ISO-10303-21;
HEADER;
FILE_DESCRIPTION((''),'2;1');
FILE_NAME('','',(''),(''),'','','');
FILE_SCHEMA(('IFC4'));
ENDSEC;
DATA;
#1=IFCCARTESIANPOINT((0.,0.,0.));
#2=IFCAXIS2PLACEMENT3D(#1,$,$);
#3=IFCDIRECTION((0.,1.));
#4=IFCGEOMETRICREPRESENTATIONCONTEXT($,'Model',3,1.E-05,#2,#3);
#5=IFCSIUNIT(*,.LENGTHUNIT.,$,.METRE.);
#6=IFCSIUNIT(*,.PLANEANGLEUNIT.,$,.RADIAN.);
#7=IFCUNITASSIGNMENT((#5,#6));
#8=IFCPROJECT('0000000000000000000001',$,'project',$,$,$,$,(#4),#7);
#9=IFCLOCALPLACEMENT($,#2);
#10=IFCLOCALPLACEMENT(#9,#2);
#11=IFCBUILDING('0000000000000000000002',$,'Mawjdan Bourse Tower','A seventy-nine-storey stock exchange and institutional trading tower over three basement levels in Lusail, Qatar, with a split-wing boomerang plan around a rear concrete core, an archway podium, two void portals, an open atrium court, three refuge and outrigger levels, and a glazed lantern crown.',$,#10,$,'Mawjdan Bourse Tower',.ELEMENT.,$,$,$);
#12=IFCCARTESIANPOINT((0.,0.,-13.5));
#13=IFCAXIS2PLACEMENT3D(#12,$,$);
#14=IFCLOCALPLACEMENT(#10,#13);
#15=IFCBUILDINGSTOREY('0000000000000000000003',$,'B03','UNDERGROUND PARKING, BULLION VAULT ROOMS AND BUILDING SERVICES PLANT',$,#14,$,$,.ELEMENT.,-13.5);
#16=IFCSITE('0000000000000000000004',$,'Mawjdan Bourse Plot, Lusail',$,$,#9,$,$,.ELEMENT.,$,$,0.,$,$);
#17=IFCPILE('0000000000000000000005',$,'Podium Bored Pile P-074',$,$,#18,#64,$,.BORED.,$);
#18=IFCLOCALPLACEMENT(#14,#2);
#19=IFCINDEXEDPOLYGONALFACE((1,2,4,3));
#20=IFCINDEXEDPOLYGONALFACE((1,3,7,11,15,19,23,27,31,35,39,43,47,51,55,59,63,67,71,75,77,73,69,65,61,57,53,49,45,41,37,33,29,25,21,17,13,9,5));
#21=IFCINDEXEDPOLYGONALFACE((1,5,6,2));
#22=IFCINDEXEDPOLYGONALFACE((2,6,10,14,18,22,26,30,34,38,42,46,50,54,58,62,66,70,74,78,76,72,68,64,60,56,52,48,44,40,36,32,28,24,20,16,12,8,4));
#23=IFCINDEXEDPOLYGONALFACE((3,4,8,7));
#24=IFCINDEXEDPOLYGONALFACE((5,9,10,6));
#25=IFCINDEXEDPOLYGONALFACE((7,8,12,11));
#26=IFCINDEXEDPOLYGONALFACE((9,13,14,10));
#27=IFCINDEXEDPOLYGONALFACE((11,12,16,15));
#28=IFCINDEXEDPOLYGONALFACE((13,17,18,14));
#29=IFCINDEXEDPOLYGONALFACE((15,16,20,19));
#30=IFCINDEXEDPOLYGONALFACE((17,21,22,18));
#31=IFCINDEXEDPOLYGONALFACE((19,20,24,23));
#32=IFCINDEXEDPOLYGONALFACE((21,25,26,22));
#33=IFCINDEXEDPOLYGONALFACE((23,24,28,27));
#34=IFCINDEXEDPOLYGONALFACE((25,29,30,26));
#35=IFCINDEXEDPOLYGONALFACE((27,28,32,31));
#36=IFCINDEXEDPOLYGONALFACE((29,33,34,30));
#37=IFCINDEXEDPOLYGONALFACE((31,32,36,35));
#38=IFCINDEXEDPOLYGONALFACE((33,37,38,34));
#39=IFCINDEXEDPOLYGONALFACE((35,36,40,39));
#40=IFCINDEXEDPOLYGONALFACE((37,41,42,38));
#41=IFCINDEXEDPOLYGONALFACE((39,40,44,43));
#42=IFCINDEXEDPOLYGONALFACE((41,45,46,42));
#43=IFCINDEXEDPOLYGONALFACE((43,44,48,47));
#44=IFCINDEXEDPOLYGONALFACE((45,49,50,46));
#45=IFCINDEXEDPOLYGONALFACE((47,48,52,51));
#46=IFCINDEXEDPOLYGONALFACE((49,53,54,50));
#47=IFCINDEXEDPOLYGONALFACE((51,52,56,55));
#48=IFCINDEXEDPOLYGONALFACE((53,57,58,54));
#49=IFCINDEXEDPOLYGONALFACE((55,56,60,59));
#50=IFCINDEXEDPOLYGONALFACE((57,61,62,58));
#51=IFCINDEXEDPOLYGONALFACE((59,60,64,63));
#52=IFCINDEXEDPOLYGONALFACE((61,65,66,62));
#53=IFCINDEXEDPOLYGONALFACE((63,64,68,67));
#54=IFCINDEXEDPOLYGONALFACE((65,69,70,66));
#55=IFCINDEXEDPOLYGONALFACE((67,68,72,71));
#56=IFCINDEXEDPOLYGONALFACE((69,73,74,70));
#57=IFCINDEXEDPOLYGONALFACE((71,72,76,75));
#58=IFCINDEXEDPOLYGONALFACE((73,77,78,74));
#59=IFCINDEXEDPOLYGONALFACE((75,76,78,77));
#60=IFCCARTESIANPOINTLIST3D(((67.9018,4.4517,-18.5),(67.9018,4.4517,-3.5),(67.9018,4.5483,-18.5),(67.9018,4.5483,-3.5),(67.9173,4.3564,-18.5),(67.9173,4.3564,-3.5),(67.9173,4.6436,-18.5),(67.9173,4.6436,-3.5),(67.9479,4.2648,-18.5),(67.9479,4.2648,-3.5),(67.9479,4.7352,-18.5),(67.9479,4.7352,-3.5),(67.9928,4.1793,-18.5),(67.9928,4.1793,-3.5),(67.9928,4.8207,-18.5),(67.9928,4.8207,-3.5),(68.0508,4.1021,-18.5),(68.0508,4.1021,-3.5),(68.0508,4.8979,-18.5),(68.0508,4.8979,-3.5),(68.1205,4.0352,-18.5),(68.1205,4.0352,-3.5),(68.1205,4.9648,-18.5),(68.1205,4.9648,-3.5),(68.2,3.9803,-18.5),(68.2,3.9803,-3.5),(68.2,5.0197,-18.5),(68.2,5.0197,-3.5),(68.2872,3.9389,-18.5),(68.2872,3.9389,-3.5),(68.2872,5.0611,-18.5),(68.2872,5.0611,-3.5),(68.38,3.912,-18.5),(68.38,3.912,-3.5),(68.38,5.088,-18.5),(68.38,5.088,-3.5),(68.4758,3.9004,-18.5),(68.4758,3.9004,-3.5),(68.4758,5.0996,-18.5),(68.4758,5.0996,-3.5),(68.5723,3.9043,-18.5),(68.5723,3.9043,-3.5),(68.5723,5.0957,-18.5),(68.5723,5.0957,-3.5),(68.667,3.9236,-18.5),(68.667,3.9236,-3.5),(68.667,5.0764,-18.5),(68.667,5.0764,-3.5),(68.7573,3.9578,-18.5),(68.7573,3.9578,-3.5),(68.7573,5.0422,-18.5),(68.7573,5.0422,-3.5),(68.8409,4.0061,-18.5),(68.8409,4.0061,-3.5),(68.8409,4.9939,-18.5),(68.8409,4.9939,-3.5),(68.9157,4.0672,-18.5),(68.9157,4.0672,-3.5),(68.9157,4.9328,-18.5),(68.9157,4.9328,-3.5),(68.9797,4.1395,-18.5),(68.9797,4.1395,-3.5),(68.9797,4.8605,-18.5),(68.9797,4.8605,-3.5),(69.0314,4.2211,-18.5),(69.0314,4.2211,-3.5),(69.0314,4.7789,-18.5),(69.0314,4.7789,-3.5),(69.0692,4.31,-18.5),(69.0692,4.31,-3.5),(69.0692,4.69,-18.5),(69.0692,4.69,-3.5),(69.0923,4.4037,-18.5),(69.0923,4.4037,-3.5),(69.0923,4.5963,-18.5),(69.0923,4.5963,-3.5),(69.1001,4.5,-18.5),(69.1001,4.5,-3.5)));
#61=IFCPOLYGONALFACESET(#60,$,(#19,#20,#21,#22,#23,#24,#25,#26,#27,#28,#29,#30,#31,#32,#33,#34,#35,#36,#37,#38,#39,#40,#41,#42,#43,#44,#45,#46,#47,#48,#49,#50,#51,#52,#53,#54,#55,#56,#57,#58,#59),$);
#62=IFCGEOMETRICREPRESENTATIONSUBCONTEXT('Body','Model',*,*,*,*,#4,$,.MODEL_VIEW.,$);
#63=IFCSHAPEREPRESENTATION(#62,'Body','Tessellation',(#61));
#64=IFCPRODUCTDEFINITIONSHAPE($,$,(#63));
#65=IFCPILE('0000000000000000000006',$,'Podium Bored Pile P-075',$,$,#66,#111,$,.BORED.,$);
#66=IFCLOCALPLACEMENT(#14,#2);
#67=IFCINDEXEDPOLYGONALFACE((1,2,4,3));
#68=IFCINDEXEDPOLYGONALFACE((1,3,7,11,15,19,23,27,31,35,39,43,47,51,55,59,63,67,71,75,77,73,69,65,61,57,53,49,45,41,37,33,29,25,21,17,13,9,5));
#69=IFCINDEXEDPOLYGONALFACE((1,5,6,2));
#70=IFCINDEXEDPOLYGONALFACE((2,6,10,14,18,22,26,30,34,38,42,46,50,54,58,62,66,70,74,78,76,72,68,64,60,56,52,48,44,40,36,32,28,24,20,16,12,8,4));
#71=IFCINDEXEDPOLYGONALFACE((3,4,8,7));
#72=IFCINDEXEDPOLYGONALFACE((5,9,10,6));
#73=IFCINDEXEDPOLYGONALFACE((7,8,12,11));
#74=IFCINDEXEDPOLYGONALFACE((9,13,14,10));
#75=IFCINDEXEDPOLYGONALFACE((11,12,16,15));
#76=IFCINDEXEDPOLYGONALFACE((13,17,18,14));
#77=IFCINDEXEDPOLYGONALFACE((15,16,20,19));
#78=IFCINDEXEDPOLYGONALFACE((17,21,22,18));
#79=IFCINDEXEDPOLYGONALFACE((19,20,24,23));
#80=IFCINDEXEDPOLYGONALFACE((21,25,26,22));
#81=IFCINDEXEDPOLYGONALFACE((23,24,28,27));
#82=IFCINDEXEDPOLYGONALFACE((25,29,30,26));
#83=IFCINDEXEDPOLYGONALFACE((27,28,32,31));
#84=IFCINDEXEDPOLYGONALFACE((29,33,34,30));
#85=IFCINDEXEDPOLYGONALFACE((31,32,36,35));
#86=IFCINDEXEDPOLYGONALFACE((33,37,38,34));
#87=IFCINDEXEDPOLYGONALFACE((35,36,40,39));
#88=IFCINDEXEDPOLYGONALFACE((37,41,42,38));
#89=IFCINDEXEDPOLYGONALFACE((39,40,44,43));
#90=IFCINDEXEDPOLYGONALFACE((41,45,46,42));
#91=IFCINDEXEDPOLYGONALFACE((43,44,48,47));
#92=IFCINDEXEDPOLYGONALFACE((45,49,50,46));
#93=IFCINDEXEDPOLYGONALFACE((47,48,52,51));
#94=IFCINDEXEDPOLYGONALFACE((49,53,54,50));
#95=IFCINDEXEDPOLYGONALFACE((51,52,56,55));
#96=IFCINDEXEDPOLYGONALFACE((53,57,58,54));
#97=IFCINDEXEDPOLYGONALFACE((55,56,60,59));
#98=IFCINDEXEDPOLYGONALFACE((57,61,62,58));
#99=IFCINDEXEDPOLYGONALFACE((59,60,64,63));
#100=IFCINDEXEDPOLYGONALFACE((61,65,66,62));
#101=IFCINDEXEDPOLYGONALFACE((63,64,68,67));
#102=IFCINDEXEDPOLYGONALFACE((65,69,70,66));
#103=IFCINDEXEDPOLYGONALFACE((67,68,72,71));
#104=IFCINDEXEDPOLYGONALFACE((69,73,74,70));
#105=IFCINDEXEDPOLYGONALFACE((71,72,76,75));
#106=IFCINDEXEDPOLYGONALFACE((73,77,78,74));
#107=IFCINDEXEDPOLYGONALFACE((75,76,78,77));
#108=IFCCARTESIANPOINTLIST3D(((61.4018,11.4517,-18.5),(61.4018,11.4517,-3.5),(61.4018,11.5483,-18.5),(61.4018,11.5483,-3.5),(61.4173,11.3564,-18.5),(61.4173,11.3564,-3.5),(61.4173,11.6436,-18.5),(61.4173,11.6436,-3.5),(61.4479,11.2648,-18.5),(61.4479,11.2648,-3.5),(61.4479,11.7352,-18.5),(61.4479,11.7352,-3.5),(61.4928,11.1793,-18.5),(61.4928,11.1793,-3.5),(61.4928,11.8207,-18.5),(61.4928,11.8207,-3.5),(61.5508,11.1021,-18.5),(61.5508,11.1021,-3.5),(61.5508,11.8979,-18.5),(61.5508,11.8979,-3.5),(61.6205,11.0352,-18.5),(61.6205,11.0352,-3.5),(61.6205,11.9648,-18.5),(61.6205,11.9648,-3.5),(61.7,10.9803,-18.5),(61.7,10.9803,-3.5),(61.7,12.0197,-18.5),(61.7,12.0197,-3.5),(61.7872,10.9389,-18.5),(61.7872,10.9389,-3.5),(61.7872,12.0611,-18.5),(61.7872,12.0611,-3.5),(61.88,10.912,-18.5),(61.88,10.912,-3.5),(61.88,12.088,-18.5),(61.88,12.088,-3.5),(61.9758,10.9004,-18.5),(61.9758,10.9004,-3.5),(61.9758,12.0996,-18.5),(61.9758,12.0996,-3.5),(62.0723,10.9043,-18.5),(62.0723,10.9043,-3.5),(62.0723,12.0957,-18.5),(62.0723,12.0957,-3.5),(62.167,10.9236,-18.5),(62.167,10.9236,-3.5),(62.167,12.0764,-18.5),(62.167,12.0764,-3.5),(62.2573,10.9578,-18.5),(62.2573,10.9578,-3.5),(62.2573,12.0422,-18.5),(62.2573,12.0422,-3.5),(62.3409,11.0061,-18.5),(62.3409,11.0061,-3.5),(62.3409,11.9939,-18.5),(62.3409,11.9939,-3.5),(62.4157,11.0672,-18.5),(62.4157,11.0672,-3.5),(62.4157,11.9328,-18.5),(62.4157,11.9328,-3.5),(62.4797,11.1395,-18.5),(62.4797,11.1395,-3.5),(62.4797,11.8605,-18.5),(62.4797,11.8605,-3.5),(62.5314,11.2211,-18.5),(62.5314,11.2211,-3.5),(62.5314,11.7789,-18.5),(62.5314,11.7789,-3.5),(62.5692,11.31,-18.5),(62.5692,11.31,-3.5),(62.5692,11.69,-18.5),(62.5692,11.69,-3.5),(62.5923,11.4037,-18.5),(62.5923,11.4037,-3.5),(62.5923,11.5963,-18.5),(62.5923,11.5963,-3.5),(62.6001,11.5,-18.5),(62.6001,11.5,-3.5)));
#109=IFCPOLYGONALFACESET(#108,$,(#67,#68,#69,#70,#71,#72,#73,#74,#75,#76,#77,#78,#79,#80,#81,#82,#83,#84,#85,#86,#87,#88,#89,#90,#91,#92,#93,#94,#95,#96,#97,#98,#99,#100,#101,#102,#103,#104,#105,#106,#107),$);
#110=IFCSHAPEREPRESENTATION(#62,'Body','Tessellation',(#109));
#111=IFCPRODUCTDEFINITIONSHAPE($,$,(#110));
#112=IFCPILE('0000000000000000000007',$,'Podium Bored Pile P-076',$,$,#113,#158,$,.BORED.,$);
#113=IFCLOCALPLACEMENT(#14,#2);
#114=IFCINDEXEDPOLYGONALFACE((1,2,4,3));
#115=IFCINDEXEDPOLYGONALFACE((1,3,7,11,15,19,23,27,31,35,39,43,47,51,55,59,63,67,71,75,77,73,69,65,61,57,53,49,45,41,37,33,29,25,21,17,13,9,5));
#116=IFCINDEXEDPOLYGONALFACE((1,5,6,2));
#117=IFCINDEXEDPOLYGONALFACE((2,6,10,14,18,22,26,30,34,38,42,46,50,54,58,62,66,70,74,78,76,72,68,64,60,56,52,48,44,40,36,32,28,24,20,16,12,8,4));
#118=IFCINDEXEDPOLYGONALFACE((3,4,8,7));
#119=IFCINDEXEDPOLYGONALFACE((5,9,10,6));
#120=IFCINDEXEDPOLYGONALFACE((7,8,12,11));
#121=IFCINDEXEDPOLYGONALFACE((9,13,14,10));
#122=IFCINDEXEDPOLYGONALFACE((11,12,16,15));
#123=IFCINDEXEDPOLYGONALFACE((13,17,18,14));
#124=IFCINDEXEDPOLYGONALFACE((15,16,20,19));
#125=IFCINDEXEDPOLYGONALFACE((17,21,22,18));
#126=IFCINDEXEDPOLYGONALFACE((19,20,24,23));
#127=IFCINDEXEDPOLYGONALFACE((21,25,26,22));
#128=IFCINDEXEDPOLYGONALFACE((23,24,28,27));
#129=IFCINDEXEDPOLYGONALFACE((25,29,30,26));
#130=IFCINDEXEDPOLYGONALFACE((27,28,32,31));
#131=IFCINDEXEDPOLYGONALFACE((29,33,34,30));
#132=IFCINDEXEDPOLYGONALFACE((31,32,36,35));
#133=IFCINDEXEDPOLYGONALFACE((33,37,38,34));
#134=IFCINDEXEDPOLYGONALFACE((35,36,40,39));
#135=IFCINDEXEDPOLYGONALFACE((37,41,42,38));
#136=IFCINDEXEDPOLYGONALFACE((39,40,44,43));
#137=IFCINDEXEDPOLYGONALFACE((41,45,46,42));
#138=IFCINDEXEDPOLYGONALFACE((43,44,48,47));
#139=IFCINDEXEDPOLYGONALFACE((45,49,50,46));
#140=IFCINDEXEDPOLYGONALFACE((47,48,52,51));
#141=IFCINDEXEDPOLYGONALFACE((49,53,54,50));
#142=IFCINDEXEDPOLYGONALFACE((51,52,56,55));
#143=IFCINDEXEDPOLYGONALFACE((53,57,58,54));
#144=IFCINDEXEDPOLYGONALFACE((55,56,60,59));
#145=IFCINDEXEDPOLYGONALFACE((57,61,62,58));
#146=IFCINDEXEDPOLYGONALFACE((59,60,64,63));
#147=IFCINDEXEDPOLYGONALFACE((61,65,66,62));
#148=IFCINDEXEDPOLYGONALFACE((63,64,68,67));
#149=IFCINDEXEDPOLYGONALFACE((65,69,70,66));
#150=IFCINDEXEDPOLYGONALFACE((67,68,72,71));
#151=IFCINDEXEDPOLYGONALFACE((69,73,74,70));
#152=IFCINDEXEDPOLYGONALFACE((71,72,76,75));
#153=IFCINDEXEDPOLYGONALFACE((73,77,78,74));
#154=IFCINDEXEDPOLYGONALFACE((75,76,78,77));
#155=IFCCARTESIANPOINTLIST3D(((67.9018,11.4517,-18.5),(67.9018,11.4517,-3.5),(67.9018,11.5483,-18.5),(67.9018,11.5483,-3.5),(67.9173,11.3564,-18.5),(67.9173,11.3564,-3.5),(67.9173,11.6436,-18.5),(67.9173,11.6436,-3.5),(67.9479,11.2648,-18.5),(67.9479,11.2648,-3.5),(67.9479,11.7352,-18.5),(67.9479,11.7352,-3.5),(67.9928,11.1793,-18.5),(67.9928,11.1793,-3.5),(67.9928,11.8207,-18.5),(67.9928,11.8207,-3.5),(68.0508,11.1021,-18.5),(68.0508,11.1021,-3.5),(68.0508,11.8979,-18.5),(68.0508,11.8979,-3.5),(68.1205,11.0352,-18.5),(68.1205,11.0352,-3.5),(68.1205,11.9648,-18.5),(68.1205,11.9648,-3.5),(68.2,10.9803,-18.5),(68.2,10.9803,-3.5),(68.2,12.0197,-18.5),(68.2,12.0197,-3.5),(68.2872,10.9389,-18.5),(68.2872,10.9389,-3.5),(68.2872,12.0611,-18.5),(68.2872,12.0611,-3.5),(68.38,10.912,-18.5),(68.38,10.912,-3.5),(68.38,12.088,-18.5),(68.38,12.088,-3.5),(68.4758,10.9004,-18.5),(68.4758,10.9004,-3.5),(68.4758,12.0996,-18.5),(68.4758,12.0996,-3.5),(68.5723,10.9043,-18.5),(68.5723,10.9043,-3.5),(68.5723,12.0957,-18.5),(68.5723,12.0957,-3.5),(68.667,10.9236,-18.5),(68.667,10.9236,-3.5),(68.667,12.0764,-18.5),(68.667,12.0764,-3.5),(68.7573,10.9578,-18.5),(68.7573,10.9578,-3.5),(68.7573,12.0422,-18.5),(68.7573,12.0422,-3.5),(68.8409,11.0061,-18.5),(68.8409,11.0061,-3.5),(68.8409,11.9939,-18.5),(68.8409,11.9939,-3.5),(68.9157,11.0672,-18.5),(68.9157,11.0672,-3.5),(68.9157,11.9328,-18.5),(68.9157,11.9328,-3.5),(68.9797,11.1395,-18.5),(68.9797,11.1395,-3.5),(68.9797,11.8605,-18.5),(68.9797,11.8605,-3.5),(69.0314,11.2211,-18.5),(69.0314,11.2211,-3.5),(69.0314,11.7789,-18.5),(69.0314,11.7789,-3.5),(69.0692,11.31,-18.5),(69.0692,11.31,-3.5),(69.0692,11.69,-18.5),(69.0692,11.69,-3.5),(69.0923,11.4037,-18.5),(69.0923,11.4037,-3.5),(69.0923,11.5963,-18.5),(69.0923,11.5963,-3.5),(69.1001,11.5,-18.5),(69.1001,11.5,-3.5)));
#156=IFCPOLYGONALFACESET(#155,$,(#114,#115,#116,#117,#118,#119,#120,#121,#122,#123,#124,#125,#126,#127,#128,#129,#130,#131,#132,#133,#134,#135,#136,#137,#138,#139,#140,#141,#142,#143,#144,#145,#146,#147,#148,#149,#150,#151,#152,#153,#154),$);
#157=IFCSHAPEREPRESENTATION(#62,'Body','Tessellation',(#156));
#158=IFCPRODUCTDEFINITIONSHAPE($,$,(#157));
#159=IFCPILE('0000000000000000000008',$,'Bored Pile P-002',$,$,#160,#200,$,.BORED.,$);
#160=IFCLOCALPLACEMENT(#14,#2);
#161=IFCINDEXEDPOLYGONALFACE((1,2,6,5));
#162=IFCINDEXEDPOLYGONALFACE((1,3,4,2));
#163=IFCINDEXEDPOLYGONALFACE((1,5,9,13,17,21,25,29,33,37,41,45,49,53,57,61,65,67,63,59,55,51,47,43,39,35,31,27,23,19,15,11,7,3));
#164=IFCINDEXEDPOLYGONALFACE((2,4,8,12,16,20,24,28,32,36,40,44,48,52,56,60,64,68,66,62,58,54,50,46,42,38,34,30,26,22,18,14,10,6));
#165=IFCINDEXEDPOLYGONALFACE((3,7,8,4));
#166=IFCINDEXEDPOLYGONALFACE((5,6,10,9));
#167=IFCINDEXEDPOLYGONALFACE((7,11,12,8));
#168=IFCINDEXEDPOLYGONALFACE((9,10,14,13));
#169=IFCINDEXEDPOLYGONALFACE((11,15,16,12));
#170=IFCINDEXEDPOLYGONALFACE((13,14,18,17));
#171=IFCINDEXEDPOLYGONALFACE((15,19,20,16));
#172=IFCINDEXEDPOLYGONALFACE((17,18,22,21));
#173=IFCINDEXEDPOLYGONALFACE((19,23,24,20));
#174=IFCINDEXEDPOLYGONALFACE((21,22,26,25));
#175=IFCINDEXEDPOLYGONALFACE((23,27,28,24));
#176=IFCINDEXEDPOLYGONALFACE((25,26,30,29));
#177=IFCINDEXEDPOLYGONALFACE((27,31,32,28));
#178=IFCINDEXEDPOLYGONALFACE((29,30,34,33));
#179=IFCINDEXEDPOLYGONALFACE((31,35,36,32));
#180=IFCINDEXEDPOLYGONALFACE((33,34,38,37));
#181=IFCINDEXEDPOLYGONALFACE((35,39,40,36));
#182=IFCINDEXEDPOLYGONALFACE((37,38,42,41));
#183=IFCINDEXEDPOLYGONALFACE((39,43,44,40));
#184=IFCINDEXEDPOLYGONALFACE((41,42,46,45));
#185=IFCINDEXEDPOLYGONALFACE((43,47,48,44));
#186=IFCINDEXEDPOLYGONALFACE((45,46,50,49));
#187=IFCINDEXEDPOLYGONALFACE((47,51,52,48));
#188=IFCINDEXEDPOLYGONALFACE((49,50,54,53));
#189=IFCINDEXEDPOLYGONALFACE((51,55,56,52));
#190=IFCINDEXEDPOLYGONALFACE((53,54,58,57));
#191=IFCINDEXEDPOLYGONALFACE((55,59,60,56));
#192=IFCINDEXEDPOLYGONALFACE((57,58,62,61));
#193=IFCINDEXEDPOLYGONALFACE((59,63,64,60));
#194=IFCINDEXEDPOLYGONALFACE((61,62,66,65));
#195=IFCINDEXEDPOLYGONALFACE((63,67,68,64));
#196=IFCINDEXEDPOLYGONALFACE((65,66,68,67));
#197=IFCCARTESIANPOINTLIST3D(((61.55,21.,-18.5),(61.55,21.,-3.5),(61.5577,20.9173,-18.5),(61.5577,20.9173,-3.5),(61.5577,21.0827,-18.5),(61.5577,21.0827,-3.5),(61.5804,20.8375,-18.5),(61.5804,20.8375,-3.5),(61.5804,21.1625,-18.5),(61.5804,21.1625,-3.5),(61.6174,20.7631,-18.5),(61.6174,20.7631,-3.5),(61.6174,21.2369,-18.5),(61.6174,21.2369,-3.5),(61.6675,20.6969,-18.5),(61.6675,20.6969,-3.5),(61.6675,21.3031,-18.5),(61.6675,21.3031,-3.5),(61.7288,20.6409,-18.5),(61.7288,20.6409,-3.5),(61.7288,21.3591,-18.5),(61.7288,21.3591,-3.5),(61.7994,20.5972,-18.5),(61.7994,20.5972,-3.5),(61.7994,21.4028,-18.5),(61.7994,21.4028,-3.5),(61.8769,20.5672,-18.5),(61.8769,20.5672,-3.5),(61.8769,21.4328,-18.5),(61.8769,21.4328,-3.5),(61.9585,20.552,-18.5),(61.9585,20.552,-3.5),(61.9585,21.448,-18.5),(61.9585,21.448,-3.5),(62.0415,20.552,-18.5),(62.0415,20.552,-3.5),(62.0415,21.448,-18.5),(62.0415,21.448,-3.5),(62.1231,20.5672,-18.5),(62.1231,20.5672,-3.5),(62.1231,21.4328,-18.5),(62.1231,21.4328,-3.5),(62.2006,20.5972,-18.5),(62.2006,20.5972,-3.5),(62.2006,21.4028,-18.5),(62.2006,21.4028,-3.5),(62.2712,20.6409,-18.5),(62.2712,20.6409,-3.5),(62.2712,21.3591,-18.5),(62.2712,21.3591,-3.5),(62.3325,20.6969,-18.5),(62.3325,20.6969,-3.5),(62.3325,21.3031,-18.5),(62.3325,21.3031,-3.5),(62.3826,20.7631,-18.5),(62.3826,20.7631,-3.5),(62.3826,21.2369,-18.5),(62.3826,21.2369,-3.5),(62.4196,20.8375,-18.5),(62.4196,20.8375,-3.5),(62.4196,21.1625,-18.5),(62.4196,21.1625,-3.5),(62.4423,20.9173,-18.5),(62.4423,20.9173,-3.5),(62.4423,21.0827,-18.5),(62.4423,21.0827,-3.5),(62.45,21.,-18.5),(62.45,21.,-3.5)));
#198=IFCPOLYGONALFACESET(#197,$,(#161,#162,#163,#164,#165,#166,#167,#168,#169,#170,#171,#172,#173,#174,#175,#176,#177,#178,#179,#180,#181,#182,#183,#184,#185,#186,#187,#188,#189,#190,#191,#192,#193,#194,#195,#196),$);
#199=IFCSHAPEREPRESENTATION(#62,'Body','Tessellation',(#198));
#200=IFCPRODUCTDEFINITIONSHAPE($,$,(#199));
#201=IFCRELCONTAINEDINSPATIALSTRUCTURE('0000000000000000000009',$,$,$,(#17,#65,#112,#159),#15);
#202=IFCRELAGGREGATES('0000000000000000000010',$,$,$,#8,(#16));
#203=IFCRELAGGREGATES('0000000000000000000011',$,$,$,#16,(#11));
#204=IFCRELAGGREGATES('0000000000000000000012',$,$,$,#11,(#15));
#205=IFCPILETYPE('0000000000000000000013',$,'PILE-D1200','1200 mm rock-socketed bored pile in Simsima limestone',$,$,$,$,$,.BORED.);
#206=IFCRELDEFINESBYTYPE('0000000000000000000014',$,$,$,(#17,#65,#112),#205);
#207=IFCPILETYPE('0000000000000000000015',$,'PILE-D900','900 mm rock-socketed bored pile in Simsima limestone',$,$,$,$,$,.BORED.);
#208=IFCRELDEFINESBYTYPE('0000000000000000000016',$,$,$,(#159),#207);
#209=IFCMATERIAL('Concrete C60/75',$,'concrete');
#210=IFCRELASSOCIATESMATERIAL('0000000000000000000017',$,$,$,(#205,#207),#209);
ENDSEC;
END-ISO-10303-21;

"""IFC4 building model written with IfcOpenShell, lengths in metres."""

from ifc_helpers import new_model, si_unit, direction, frame, origin, origin_2d, place, context, subcontext, project, spatial, circle, extrude, material, material_profile, profile_set, type_object, element, save


model = new_model("IFC4")

# Units and contexts
model_context = context("Model", 3, precision=1e-05, world=origin(), true_north=direction((0.0, 1.0)))
body_context = subcontext(model_context, "Body", "Model", "MODEL_VIEW")
ifc_project = project(units=[si_unit("LENGTHUNIT", "METRE"), si_unit("PLANEANGLEUNIT", "RADIAN")], contexts=[model_context])

# Site, building, storey
site_placement = place(None, origin())
site = spatial("IfcSite", under=ifc_project, at=site_placement, Name="Mawjdan Bourse Plot, Lusail", CompositionType="ELEMENT", RefElevation=0.0)
building_placement = place(site_placement, origin())
building = spatial("IfcBuilding", under=site, at=building_placement, Name="Mawjdan Bourse Tower", Description="A seventy-nine-storey stock exchange and institutional trading tower over three basement levels in Lusail, Qatar, with a split-wing boomerang plan around a rear concrete core, an archway podium, two void portals, an open atrium court, three refuge and outrigger levels, and a glazed lantern crown.", LongName="Mawjdan Bourse Tower", CompositionType="ELEMENT")
storey_placement = place(building_placement, frame((0.0, 0.0, -13.5)))
storey = spatial("IfcBuildingStorey", under=building, at=storey_placement, Name="B03", Description="UNDERGROUND PARKING, BULLION VAULT ROOMS AND BUILDING SERVICES PLANT", CompositionType="ELEMENT", Elevation=-13.5)

# Shared definitions
ifc_material_1 = material(Name="Concrete C60/75", Category="concrete")

# Piles
ifc_material_profile_1 = material_profile(ifc_material_1, circle(Radius=0.6001, at=origin_2d()), Name="PILE-D1200")
ifc_profile_set_1 = profile_set([ifc_material_profile_1], Name="Concrete C60/75")
pile_type_1 = type_object("IfcPileType", Name="PILE-D1200", Description="1200 mm rock-socketed bored pile in Simsima limestone", PredefinedType="BORED", material=ifc_profile_set_1)
for number, where, z_axis, x_axis, name in (
    (1, (68.5, 4.5, -3.5), (0.0, 0.0, -1.0), (1.0, 0.0, 0.0), "Podium Bored Pile P-074"),
    (2, (62.0, 11.5, -3.5), (0.0, 0.0, -1.0), (1.0, 0.0, 0.0), "Podium Bored Pile P-075"),
    (3, (68.5, 11.5, -3.5), (0.0, 0.0, -1.0), (1.0, 0.0, 0.0), "Podium Bored Pile P-076"),
):
    element("IfcPile", number, at=place(storey_placement, frame(where, z_axis=z_axis, x_axis=x_axis)), inside=storey, type_object=pile_type_1, Name=name, PredefinedType="BORED", context=body_context, shape_type="SweptSolid", body=[
        extrude(circle(Radius=0.6001, at=origin_2d()), origin(), (0.0, 0.0, 1.0), 15.0),
    ])
ifc_material_profile_2 = material_profile(ifc_material_1, circle(Radius=0.45, at=origin_2d()), Name="PILE-D900")
ifc_profile_set_2 = profile_set([ifc_material_profile_2], Name="Concrete C60/75")
pile_type_2 = type_object("IfcPileType", Name="PILE-D900", Description="900 mm rock-socketed bored pile in Simsima limestone", PredefinedType="BORED", material=ifc_profile_set_2)
for number, where, z_axis, x_axis, name in (
    (4, (62.0, 21.0, -3.5), (0.0, 0.0, -1.0), (1.0, 0.0, 0.0), "Bored Pile P-002"),
):
    element("IfcPile", number, at=place(storey_placement, frame(where, z_axis=z_axis, x_axis=x_axis)), inside=storey, type_object=pile_type_2, Name=name, PredefinedType="BORED", context=body_context, shape_type="SweptSolid", body=[
        extrude(circle(Radius=0.45, at=origin_2d()), origin(), (0.0, 0.0, 1.0), 15.0),
    ])

save(model, "model.ifc")
